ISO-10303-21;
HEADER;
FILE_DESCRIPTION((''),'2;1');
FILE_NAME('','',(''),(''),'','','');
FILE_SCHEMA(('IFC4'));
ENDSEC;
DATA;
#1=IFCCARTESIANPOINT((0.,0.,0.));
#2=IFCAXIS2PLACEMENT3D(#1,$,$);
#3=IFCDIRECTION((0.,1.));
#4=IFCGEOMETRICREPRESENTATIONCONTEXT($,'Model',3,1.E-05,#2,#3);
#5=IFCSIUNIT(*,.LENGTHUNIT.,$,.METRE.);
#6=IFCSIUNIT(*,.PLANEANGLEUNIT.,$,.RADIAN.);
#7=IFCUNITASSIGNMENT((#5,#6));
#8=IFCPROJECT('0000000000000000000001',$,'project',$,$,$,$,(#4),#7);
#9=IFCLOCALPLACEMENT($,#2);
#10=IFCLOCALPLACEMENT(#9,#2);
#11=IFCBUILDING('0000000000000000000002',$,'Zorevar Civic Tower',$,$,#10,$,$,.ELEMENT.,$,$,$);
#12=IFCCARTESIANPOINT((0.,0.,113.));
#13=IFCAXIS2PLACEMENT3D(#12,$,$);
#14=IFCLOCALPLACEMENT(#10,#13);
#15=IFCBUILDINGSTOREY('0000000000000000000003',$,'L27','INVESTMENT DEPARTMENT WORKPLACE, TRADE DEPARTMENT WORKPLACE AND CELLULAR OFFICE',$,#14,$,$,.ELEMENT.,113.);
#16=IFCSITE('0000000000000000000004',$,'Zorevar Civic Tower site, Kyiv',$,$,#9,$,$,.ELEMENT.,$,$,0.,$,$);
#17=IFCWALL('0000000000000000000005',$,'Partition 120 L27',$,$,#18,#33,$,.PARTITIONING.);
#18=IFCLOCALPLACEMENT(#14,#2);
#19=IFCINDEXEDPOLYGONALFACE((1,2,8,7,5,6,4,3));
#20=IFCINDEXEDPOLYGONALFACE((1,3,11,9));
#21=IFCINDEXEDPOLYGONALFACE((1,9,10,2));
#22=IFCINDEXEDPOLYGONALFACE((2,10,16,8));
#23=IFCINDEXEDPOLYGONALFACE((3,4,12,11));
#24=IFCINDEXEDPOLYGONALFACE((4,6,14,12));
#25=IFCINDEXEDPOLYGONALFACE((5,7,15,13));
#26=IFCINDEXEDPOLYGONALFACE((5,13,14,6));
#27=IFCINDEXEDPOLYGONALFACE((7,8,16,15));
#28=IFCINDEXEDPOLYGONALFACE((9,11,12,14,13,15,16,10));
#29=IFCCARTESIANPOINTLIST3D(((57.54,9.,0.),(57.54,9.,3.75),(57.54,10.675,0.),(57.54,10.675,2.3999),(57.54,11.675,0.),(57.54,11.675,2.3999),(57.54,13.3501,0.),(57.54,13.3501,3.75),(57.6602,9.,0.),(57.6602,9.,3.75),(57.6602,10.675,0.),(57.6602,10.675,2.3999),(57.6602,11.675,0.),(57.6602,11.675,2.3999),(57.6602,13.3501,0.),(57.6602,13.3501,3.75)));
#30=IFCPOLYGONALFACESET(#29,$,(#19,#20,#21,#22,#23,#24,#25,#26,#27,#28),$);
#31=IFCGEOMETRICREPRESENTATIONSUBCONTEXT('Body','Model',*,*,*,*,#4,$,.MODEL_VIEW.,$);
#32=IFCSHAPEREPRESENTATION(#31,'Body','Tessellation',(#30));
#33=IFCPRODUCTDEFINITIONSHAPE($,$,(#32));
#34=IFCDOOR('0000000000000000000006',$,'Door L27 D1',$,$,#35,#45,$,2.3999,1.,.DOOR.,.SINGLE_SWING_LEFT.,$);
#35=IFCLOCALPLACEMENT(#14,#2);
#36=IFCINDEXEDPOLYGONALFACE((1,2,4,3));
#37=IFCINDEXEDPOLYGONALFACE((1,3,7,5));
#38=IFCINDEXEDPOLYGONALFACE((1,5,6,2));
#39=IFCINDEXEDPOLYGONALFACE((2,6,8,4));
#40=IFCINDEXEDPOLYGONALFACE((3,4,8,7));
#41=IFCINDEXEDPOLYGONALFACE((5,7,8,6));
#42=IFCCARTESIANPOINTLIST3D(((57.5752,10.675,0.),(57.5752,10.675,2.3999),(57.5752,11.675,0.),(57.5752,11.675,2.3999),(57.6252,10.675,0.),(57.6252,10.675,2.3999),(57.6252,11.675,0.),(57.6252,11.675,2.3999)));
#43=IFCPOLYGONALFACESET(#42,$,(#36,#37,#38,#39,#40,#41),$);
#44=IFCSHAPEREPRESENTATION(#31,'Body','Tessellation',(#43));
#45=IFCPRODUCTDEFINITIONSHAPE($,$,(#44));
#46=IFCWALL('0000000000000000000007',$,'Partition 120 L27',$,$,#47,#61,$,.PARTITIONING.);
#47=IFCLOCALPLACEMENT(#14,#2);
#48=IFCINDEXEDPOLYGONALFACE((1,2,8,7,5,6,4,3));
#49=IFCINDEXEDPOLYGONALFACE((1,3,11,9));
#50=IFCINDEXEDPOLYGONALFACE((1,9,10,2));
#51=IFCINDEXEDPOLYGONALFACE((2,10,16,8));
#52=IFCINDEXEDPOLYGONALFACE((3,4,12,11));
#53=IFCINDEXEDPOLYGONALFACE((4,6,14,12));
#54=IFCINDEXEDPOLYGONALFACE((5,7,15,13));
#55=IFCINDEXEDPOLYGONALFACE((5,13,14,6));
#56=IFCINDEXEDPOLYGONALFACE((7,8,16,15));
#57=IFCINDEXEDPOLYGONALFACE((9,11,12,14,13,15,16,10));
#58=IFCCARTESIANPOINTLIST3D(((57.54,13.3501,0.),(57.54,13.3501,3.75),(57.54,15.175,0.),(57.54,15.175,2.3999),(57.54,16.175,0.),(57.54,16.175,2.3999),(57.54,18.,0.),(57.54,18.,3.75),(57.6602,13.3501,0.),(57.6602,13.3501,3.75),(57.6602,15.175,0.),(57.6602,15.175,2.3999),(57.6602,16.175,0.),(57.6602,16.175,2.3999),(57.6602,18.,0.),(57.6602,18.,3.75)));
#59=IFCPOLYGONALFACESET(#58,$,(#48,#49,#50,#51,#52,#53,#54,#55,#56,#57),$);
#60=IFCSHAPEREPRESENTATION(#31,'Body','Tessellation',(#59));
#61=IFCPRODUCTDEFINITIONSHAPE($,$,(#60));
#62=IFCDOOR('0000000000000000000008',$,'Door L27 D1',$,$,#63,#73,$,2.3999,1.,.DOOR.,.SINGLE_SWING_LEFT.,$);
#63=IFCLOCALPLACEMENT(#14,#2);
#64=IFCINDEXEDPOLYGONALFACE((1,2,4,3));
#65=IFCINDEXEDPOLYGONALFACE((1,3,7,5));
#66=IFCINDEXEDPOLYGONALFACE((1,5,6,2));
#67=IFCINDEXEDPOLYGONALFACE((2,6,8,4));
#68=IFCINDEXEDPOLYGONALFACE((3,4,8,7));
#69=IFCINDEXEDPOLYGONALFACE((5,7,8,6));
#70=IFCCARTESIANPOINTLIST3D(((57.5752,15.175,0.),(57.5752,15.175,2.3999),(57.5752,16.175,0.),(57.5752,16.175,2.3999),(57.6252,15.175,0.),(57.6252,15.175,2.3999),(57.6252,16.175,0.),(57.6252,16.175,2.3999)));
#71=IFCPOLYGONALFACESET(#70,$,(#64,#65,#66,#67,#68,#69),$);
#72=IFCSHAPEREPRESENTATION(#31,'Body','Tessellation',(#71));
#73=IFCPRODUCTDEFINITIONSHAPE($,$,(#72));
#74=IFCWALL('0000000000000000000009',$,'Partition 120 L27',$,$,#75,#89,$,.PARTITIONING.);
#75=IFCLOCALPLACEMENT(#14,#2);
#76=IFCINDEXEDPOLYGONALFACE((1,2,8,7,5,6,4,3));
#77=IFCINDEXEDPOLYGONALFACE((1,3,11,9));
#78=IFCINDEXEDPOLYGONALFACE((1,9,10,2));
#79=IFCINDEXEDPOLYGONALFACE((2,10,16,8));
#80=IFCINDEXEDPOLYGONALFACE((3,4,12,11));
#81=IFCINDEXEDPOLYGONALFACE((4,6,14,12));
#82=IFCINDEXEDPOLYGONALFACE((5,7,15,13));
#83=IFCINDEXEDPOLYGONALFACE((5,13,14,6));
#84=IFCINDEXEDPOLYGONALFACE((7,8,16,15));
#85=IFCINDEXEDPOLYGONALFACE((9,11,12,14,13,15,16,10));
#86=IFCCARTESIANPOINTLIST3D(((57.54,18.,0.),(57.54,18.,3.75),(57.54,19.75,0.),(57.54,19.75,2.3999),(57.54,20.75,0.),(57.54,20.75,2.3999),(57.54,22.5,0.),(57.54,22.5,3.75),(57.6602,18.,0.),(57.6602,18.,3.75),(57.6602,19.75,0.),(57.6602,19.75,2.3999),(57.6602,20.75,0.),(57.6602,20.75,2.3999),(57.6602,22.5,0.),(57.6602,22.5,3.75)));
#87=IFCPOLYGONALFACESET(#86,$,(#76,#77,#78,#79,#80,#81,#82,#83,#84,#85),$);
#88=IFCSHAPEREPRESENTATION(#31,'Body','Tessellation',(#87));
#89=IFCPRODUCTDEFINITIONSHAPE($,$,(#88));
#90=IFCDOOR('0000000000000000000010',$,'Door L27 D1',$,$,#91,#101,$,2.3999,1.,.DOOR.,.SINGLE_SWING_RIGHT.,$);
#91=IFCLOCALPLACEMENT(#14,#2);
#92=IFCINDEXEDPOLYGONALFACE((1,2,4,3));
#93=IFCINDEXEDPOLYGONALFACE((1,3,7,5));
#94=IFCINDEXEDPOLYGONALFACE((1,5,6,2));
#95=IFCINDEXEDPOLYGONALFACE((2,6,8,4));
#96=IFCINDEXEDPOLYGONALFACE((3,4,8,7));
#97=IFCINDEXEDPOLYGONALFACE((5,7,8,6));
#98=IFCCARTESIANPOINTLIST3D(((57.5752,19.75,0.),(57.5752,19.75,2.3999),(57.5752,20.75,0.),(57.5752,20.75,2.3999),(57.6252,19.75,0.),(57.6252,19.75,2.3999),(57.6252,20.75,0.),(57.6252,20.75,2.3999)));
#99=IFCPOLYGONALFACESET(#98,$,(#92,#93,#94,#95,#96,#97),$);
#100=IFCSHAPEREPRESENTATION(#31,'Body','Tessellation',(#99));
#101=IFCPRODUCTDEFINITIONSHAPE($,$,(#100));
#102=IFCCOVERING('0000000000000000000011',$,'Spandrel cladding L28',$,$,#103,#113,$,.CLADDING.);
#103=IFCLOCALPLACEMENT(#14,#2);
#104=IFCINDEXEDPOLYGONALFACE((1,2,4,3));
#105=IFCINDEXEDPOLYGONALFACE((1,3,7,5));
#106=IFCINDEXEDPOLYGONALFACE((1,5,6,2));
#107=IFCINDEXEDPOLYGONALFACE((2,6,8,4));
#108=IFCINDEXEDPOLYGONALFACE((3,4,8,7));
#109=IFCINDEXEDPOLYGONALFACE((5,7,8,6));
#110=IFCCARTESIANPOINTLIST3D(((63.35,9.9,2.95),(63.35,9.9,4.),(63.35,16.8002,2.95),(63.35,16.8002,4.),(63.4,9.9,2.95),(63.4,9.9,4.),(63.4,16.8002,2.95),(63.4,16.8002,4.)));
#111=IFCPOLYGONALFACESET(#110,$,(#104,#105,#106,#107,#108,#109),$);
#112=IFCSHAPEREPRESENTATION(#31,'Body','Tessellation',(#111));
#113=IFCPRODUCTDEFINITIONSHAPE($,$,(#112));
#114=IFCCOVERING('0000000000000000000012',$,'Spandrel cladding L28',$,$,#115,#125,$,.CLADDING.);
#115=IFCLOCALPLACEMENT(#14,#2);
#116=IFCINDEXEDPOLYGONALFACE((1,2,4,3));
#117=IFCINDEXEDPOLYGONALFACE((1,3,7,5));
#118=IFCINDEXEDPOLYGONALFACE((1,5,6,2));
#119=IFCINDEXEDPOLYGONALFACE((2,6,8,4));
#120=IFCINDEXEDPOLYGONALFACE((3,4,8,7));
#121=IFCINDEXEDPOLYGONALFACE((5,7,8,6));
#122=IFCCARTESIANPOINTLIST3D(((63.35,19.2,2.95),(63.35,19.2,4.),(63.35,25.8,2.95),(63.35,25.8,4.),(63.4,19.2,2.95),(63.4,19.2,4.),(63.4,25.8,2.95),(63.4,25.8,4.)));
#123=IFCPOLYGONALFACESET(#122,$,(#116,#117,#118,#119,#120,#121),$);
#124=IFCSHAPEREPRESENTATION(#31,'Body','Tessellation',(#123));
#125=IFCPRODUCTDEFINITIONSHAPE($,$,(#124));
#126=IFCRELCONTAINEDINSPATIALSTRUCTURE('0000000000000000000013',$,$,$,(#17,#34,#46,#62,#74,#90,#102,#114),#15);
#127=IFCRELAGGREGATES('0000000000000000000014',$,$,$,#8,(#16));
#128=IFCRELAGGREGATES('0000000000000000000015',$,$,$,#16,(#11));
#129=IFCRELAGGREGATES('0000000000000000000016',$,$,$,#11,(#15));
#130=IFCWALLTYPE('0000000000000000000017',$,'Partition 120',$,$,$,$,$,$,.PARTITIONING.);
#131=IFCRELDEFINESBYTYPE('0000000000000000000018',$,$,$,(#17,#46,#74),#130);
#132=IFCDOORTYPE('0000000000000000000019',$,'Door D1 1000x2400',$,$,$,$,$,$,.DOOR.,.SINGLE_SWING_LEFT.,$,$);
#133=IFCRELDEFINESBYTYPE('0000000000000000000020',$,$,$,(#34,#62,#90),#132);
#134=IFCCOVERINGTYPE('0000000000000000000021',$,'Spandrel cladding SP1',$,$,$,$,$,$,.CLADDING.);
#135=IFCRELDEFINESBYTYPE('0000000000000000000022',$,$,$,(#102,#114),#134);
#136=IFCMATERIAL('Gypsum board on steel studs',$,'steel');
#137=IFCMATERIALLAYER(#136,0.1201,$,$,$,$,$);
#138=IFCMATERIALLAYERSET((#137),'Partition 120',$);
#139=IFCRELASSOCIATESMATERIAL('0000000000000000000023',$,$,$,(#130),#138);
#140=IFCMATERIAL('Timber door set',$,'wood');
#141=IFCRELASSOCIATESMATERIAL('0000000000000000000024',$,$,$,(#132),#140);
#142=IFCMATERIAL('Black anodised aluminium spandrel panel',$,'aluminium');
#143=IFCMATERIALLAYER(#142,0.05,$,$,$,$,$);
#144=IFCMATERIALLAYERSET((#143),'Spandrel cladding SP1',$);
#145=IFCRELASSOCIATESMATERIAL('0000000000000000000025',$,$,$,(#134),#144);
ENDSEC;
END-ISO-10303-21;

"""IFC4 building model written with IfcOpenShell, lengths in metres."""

from ifc_helpers import new_model, si_unit, direction, frame, frame_2d, origin, place, context, subcontext, project, spatial, rectangle, extrude, material, layer, layer_set, type_object, element, fill, save


model = new_model("IFC4")

# Units and contexts
model_context = context("Model", 3, precision=1e-05, world=origin(), true_north=direction((0.0, 1.0)))
body_context = subcontext(model_context, "Body", "Model", "MODEL_VIEW")
ifc_project = project(units=[si_unit("LENGTHUNIT", "METRE"), si_unit("PLANEANGLEUNIT", "RADIAN")], contexts=[model_context])

# Site, building, storey
site_placement = place(None, origin())
site = spatial("IfcSite", under=ifc_project, at=site_placement, Name="Zorevar Civic Tower site, Kyiv", CompositionType="ELEMENT", RefElevation=0.0)
building_placement = place(site_placement, origin())
building = spatial("IfcBuilding", under=site, at=building_placement, Name="Zorevar Civic Tower", CompositionType="ELEMENT")
storey_placement = place(building_placement, frame((0.0, 0.0, 113.0)))
storey = spatial("IfcBuildingStorey", under=building, at=storey_placement, Name="L27", Description="INVESTMENT DEPARTMENT WORKPLACE, TRADE DEPARTMENT WORKPLACE AND CELLULAR OFFICE", CompositionType="ELEMENT", Elevation=113.0)

# Shared definitions
ifc_material_1 = material(Name="Gypsum board on steel studs", Category="steel")
ifc_layer_1 = layer(ifc_material_1, 0.1201)
ifc_layer_set_1 = layer_set([ifc_layer_1], Name="Partition 120")
wall_type_1 = type_object("IfcWallType", Name="Partition 120", PredefinedType="PARTITIONING", material=ifc_layer_set_1)

# Walls, openings, doors
wall_1_placement = place(storey_placement, frame((57.6001, 9.0, 0.0), z_axis=(0.0, 0.0, 1.0), x_axis=(0.0, 1.0, 0.0)))
wall_1 = element("IfcWall", 1, at=wall_1_placement, inside=storey, type_object=wall_type_1, Name="Partition 120 L27", PredefinedType="PARTITIONING", context=body_context, shape_type="SweptSolid", body=[
    extrude(rectangle(XDim=4.3501, YDim=0.1201, at=frame_2d((2.175, 0.0))), origin(), (0.0, 0.0, 1.0), 3.75),
])
opening_1_placement = place(wall_1_placement, frame((1.675, 0.0, 0.0)))
opening_1 = element("IfcOpeningElement", 2, at=opening_1_placement, cuts=wall_1, PredefinedType="OPENING", context=body_context, shape_type="SweptSolid", body=[
    extrude(rectangle(XDim=1.0, YDim=2.3999, at=frame_2d((0.5, 1.2))), frame((0.0, 0.0701, 0.0), z_axis=(0.0, -1.0, 0.0), x_axis=(1.0, 0.0, 0.0)), (0.0, 0.0, 1.0), 0.1401),
])
ifc_material_2 = material(Name="Timber door set", Category="wood")
door_type_1 = type_object("IfcDoorType", Name="Door D1 1000x2400", OperationType="SINGLE_SWING_LEFT", PredefinedType="DOOR", material=ifc_material_2)
door_1_placement = place(opening_1_placement, origin())
door_1 = element("IfcDoor", 3, at=door_1_placement, inside=storey, type_object=door_type_1, Name="Door L27 D1", OperationType="SINGLE_SWING_LEFT", OverallHeight=2.3999, OverallWidth=1.0, PredefinedType="DOOR", context=body_context, shape_type="SweptSolid", body=[
    extrude(rectangle(XDim=1.0, YDim=2.3999, at=frame_2d((0.5, 1.2))), frame((0.0, 0.0249, 0.0), z_axis=(0.0, -1.0, 0.0), x_axis=(1.0, 0.0, 0.0)), (0.0, 0.0, 1.0), 0.05),
])
fill(opening_1, door_1)
wall_2_placement = place(storey_placement, frame((57.6001, 13.3501, 0.0), z_axis=(0.0, 0.0, 1.0), x_axis=(0.0, 1.0, 0.0)))
wall_2 = element("IfcWall", 4, at=wall_2_placement, inside=storey, type_object=wall_type_1, Name="Partition 120 L27", PredefinedType="PARTITIONING", context=body_context, shape_type="SweptSolid", body=[
    extrude(rectangle(XDim=4.6499, YDim=0.1201, at=frame_2d((2.325, 0.0))), origin(), (0.0, 0.0, 1.0), 3.75),
])
opening_2_placement = place(wall_2_placement, frame((1.825, 0.0, 0.0)))
opening_2 = element("IfcOpeningElement", 5, at=opening_2_placement, cuts=wall_2, PredefinedType="OPENING", context=body_context, shape_type="SweptSolid", body=[
    extrude(rectangle(XDim=1.0, YDim=2.3999, at=frame_2d((0.5, 1.2))), frame((0.0, 0.0701, 0.0), z_axis=(0.0, -1.0, 0.0), x_axis=(1.0, 0.0, 0.0)), (0.0, 0.0, 1.0), 0.1401),
])
door_2_placement = place(opening_2_placement, origin())
door_2 = element("IfcDoor", 6, at=door_2_placement, inside=storey, type_object=door_type_1, Name="Door L27 D1", OperationType="SINGLE_SWING_LEFT", OverallHeight=2.3999, OverallWidth=1.0, PredefinedType="DOOR", context=body_context, shape_type="SweptSolid", body=[
    extrude(rectangle(XDim=1.0, YDim=2.3999, at=frame_2d((0.5, 1.2))), frame((0.0, 0.0249, 0.0), z_axis=(0.0, -1.0, 0.0), x_axis=(1.0, 0.0, 0.0)), (0.0, 0.0, 1.0), 0.05),
])
fill(opening_2, door_2)
wall_3_placement = place(storey_placement, frame((57.6001, 18.0, 0.0), z_axis=(0.0, 0.0, 1.0), x_axis=(0.0, 1.0, 0.0)))
wall_3 = element("IfcWall", 7, at=wall_3_placement, inside=storey, type_object=wall_type_1, Name="Partition 120 L27", PredefinedType="PARTITIONING", context=body_context, shape_type="SweptSolid", body=[
    extrude(rectangle(XDim=4.5, YDim=0.1201, at=frame_2d((2.25, 0.0))), origin(), (0.0, 0.0, 1.0), 3.75),
])
opening_3_placement = place(wall_3_placement, frame((1.75, 0.0, 0.0)))
opening_3 = element("IfcOpeningElement", 8, at=opening_3_placement, cuts=wall_3, PredefinedType="OPENING", context=body_context, shape_type="SweptSolid", body=[
    extrude(rectangle(XDim=1.0, YDim=2.3999, at=frame_2d((0.5, 1.2))), frame((0.0, 0.0701, 0.0), z_axis=(0.0, -1.0, 0.0), x_axis=(1.0, 0.0, 0.0)), (0.0, 0.0, 1.0), 0.1401),
])
door_3_placement = place(opening_3_placement, origin())
door_3 = element("IfcDoor", 9, at=door_3_placement, inside=storey, type_object=door_type_1, Name="Door L27 D1", OperationType="SINGLE_SWING_RIGHT", OverallHeight=2.3999, OverallWidth=1.0, PredefinedType="DOOR", context=body_context, shape_type="SweptSolid", body=[
    extrude(rectangle(XDim=1.0, YDim=2.3999, at=frame_2d((0.5, 1.2))), frame((0.0, 0.0249, 0.0), z_axis=(0.0, -1.0, 0.0), x_axis=(1.0, 0.0, 0.0)), (0.0, 0.0, 1.0), 0.05),
])
fill(opening_3, door_3)

# Coverings
ifc_material_3 = material(Name="Black anodised aluminium spandrel panel", Category="aluminium")
ifc_layer_2 = layer(ifc_material_3, 0.05)
ifc_layer_set_2 = layer_set([ifc_layer_2], Name="Spandrel cladding SP1")
covering_type = type_object("IfcCoveringType", Name="Spandrel cladding SP1", PredefinedType="CLADDING", material=ifc_layer_set_2)
covering_1_placement = place(storey_placement, frame((63.375, 9.8999, 2.95), z_axis=(0.0, 0.0, 1.0), x_axis=(0.0, 1.0, 0.0)))
element("IfcCovering", 10, at=covering_1_placement, inside=storey, type_object=covering_type, Name="Spandrel cladding L28", PredefinedType="CLADDING", context=body_context, shape_type="SweptSolid", body=[
    extrude(rectangle(XDim=6.9001, YDim=0.05, at=frame_2d((3.4502, 0.0))), origin(), (0.0, 0.0, 1.0), 1.05),
])
covering_2_placement = place(storey_placement, frame((63.375, 19.2, 2.95), z_axis=(0.0, 0.0, 1.0), x_axis=(0.0, 1.0, 0.0)))
element("IfcCovering", 11, at=covering_2_placement, inside=storey, type_object=covering_type, Name="Spandrel cladding L28", PredefinedType="CLADDING", context=body_context, shape_type="SweptSolid", body=[
    extrude(rectangle(XDim=6.6001, YDim=0.05, at=frame_2d((3.3, 0.0))), origin(), (0.0, 0.0, 1.0), 1.05),
])

save(model, "model.ifc")
